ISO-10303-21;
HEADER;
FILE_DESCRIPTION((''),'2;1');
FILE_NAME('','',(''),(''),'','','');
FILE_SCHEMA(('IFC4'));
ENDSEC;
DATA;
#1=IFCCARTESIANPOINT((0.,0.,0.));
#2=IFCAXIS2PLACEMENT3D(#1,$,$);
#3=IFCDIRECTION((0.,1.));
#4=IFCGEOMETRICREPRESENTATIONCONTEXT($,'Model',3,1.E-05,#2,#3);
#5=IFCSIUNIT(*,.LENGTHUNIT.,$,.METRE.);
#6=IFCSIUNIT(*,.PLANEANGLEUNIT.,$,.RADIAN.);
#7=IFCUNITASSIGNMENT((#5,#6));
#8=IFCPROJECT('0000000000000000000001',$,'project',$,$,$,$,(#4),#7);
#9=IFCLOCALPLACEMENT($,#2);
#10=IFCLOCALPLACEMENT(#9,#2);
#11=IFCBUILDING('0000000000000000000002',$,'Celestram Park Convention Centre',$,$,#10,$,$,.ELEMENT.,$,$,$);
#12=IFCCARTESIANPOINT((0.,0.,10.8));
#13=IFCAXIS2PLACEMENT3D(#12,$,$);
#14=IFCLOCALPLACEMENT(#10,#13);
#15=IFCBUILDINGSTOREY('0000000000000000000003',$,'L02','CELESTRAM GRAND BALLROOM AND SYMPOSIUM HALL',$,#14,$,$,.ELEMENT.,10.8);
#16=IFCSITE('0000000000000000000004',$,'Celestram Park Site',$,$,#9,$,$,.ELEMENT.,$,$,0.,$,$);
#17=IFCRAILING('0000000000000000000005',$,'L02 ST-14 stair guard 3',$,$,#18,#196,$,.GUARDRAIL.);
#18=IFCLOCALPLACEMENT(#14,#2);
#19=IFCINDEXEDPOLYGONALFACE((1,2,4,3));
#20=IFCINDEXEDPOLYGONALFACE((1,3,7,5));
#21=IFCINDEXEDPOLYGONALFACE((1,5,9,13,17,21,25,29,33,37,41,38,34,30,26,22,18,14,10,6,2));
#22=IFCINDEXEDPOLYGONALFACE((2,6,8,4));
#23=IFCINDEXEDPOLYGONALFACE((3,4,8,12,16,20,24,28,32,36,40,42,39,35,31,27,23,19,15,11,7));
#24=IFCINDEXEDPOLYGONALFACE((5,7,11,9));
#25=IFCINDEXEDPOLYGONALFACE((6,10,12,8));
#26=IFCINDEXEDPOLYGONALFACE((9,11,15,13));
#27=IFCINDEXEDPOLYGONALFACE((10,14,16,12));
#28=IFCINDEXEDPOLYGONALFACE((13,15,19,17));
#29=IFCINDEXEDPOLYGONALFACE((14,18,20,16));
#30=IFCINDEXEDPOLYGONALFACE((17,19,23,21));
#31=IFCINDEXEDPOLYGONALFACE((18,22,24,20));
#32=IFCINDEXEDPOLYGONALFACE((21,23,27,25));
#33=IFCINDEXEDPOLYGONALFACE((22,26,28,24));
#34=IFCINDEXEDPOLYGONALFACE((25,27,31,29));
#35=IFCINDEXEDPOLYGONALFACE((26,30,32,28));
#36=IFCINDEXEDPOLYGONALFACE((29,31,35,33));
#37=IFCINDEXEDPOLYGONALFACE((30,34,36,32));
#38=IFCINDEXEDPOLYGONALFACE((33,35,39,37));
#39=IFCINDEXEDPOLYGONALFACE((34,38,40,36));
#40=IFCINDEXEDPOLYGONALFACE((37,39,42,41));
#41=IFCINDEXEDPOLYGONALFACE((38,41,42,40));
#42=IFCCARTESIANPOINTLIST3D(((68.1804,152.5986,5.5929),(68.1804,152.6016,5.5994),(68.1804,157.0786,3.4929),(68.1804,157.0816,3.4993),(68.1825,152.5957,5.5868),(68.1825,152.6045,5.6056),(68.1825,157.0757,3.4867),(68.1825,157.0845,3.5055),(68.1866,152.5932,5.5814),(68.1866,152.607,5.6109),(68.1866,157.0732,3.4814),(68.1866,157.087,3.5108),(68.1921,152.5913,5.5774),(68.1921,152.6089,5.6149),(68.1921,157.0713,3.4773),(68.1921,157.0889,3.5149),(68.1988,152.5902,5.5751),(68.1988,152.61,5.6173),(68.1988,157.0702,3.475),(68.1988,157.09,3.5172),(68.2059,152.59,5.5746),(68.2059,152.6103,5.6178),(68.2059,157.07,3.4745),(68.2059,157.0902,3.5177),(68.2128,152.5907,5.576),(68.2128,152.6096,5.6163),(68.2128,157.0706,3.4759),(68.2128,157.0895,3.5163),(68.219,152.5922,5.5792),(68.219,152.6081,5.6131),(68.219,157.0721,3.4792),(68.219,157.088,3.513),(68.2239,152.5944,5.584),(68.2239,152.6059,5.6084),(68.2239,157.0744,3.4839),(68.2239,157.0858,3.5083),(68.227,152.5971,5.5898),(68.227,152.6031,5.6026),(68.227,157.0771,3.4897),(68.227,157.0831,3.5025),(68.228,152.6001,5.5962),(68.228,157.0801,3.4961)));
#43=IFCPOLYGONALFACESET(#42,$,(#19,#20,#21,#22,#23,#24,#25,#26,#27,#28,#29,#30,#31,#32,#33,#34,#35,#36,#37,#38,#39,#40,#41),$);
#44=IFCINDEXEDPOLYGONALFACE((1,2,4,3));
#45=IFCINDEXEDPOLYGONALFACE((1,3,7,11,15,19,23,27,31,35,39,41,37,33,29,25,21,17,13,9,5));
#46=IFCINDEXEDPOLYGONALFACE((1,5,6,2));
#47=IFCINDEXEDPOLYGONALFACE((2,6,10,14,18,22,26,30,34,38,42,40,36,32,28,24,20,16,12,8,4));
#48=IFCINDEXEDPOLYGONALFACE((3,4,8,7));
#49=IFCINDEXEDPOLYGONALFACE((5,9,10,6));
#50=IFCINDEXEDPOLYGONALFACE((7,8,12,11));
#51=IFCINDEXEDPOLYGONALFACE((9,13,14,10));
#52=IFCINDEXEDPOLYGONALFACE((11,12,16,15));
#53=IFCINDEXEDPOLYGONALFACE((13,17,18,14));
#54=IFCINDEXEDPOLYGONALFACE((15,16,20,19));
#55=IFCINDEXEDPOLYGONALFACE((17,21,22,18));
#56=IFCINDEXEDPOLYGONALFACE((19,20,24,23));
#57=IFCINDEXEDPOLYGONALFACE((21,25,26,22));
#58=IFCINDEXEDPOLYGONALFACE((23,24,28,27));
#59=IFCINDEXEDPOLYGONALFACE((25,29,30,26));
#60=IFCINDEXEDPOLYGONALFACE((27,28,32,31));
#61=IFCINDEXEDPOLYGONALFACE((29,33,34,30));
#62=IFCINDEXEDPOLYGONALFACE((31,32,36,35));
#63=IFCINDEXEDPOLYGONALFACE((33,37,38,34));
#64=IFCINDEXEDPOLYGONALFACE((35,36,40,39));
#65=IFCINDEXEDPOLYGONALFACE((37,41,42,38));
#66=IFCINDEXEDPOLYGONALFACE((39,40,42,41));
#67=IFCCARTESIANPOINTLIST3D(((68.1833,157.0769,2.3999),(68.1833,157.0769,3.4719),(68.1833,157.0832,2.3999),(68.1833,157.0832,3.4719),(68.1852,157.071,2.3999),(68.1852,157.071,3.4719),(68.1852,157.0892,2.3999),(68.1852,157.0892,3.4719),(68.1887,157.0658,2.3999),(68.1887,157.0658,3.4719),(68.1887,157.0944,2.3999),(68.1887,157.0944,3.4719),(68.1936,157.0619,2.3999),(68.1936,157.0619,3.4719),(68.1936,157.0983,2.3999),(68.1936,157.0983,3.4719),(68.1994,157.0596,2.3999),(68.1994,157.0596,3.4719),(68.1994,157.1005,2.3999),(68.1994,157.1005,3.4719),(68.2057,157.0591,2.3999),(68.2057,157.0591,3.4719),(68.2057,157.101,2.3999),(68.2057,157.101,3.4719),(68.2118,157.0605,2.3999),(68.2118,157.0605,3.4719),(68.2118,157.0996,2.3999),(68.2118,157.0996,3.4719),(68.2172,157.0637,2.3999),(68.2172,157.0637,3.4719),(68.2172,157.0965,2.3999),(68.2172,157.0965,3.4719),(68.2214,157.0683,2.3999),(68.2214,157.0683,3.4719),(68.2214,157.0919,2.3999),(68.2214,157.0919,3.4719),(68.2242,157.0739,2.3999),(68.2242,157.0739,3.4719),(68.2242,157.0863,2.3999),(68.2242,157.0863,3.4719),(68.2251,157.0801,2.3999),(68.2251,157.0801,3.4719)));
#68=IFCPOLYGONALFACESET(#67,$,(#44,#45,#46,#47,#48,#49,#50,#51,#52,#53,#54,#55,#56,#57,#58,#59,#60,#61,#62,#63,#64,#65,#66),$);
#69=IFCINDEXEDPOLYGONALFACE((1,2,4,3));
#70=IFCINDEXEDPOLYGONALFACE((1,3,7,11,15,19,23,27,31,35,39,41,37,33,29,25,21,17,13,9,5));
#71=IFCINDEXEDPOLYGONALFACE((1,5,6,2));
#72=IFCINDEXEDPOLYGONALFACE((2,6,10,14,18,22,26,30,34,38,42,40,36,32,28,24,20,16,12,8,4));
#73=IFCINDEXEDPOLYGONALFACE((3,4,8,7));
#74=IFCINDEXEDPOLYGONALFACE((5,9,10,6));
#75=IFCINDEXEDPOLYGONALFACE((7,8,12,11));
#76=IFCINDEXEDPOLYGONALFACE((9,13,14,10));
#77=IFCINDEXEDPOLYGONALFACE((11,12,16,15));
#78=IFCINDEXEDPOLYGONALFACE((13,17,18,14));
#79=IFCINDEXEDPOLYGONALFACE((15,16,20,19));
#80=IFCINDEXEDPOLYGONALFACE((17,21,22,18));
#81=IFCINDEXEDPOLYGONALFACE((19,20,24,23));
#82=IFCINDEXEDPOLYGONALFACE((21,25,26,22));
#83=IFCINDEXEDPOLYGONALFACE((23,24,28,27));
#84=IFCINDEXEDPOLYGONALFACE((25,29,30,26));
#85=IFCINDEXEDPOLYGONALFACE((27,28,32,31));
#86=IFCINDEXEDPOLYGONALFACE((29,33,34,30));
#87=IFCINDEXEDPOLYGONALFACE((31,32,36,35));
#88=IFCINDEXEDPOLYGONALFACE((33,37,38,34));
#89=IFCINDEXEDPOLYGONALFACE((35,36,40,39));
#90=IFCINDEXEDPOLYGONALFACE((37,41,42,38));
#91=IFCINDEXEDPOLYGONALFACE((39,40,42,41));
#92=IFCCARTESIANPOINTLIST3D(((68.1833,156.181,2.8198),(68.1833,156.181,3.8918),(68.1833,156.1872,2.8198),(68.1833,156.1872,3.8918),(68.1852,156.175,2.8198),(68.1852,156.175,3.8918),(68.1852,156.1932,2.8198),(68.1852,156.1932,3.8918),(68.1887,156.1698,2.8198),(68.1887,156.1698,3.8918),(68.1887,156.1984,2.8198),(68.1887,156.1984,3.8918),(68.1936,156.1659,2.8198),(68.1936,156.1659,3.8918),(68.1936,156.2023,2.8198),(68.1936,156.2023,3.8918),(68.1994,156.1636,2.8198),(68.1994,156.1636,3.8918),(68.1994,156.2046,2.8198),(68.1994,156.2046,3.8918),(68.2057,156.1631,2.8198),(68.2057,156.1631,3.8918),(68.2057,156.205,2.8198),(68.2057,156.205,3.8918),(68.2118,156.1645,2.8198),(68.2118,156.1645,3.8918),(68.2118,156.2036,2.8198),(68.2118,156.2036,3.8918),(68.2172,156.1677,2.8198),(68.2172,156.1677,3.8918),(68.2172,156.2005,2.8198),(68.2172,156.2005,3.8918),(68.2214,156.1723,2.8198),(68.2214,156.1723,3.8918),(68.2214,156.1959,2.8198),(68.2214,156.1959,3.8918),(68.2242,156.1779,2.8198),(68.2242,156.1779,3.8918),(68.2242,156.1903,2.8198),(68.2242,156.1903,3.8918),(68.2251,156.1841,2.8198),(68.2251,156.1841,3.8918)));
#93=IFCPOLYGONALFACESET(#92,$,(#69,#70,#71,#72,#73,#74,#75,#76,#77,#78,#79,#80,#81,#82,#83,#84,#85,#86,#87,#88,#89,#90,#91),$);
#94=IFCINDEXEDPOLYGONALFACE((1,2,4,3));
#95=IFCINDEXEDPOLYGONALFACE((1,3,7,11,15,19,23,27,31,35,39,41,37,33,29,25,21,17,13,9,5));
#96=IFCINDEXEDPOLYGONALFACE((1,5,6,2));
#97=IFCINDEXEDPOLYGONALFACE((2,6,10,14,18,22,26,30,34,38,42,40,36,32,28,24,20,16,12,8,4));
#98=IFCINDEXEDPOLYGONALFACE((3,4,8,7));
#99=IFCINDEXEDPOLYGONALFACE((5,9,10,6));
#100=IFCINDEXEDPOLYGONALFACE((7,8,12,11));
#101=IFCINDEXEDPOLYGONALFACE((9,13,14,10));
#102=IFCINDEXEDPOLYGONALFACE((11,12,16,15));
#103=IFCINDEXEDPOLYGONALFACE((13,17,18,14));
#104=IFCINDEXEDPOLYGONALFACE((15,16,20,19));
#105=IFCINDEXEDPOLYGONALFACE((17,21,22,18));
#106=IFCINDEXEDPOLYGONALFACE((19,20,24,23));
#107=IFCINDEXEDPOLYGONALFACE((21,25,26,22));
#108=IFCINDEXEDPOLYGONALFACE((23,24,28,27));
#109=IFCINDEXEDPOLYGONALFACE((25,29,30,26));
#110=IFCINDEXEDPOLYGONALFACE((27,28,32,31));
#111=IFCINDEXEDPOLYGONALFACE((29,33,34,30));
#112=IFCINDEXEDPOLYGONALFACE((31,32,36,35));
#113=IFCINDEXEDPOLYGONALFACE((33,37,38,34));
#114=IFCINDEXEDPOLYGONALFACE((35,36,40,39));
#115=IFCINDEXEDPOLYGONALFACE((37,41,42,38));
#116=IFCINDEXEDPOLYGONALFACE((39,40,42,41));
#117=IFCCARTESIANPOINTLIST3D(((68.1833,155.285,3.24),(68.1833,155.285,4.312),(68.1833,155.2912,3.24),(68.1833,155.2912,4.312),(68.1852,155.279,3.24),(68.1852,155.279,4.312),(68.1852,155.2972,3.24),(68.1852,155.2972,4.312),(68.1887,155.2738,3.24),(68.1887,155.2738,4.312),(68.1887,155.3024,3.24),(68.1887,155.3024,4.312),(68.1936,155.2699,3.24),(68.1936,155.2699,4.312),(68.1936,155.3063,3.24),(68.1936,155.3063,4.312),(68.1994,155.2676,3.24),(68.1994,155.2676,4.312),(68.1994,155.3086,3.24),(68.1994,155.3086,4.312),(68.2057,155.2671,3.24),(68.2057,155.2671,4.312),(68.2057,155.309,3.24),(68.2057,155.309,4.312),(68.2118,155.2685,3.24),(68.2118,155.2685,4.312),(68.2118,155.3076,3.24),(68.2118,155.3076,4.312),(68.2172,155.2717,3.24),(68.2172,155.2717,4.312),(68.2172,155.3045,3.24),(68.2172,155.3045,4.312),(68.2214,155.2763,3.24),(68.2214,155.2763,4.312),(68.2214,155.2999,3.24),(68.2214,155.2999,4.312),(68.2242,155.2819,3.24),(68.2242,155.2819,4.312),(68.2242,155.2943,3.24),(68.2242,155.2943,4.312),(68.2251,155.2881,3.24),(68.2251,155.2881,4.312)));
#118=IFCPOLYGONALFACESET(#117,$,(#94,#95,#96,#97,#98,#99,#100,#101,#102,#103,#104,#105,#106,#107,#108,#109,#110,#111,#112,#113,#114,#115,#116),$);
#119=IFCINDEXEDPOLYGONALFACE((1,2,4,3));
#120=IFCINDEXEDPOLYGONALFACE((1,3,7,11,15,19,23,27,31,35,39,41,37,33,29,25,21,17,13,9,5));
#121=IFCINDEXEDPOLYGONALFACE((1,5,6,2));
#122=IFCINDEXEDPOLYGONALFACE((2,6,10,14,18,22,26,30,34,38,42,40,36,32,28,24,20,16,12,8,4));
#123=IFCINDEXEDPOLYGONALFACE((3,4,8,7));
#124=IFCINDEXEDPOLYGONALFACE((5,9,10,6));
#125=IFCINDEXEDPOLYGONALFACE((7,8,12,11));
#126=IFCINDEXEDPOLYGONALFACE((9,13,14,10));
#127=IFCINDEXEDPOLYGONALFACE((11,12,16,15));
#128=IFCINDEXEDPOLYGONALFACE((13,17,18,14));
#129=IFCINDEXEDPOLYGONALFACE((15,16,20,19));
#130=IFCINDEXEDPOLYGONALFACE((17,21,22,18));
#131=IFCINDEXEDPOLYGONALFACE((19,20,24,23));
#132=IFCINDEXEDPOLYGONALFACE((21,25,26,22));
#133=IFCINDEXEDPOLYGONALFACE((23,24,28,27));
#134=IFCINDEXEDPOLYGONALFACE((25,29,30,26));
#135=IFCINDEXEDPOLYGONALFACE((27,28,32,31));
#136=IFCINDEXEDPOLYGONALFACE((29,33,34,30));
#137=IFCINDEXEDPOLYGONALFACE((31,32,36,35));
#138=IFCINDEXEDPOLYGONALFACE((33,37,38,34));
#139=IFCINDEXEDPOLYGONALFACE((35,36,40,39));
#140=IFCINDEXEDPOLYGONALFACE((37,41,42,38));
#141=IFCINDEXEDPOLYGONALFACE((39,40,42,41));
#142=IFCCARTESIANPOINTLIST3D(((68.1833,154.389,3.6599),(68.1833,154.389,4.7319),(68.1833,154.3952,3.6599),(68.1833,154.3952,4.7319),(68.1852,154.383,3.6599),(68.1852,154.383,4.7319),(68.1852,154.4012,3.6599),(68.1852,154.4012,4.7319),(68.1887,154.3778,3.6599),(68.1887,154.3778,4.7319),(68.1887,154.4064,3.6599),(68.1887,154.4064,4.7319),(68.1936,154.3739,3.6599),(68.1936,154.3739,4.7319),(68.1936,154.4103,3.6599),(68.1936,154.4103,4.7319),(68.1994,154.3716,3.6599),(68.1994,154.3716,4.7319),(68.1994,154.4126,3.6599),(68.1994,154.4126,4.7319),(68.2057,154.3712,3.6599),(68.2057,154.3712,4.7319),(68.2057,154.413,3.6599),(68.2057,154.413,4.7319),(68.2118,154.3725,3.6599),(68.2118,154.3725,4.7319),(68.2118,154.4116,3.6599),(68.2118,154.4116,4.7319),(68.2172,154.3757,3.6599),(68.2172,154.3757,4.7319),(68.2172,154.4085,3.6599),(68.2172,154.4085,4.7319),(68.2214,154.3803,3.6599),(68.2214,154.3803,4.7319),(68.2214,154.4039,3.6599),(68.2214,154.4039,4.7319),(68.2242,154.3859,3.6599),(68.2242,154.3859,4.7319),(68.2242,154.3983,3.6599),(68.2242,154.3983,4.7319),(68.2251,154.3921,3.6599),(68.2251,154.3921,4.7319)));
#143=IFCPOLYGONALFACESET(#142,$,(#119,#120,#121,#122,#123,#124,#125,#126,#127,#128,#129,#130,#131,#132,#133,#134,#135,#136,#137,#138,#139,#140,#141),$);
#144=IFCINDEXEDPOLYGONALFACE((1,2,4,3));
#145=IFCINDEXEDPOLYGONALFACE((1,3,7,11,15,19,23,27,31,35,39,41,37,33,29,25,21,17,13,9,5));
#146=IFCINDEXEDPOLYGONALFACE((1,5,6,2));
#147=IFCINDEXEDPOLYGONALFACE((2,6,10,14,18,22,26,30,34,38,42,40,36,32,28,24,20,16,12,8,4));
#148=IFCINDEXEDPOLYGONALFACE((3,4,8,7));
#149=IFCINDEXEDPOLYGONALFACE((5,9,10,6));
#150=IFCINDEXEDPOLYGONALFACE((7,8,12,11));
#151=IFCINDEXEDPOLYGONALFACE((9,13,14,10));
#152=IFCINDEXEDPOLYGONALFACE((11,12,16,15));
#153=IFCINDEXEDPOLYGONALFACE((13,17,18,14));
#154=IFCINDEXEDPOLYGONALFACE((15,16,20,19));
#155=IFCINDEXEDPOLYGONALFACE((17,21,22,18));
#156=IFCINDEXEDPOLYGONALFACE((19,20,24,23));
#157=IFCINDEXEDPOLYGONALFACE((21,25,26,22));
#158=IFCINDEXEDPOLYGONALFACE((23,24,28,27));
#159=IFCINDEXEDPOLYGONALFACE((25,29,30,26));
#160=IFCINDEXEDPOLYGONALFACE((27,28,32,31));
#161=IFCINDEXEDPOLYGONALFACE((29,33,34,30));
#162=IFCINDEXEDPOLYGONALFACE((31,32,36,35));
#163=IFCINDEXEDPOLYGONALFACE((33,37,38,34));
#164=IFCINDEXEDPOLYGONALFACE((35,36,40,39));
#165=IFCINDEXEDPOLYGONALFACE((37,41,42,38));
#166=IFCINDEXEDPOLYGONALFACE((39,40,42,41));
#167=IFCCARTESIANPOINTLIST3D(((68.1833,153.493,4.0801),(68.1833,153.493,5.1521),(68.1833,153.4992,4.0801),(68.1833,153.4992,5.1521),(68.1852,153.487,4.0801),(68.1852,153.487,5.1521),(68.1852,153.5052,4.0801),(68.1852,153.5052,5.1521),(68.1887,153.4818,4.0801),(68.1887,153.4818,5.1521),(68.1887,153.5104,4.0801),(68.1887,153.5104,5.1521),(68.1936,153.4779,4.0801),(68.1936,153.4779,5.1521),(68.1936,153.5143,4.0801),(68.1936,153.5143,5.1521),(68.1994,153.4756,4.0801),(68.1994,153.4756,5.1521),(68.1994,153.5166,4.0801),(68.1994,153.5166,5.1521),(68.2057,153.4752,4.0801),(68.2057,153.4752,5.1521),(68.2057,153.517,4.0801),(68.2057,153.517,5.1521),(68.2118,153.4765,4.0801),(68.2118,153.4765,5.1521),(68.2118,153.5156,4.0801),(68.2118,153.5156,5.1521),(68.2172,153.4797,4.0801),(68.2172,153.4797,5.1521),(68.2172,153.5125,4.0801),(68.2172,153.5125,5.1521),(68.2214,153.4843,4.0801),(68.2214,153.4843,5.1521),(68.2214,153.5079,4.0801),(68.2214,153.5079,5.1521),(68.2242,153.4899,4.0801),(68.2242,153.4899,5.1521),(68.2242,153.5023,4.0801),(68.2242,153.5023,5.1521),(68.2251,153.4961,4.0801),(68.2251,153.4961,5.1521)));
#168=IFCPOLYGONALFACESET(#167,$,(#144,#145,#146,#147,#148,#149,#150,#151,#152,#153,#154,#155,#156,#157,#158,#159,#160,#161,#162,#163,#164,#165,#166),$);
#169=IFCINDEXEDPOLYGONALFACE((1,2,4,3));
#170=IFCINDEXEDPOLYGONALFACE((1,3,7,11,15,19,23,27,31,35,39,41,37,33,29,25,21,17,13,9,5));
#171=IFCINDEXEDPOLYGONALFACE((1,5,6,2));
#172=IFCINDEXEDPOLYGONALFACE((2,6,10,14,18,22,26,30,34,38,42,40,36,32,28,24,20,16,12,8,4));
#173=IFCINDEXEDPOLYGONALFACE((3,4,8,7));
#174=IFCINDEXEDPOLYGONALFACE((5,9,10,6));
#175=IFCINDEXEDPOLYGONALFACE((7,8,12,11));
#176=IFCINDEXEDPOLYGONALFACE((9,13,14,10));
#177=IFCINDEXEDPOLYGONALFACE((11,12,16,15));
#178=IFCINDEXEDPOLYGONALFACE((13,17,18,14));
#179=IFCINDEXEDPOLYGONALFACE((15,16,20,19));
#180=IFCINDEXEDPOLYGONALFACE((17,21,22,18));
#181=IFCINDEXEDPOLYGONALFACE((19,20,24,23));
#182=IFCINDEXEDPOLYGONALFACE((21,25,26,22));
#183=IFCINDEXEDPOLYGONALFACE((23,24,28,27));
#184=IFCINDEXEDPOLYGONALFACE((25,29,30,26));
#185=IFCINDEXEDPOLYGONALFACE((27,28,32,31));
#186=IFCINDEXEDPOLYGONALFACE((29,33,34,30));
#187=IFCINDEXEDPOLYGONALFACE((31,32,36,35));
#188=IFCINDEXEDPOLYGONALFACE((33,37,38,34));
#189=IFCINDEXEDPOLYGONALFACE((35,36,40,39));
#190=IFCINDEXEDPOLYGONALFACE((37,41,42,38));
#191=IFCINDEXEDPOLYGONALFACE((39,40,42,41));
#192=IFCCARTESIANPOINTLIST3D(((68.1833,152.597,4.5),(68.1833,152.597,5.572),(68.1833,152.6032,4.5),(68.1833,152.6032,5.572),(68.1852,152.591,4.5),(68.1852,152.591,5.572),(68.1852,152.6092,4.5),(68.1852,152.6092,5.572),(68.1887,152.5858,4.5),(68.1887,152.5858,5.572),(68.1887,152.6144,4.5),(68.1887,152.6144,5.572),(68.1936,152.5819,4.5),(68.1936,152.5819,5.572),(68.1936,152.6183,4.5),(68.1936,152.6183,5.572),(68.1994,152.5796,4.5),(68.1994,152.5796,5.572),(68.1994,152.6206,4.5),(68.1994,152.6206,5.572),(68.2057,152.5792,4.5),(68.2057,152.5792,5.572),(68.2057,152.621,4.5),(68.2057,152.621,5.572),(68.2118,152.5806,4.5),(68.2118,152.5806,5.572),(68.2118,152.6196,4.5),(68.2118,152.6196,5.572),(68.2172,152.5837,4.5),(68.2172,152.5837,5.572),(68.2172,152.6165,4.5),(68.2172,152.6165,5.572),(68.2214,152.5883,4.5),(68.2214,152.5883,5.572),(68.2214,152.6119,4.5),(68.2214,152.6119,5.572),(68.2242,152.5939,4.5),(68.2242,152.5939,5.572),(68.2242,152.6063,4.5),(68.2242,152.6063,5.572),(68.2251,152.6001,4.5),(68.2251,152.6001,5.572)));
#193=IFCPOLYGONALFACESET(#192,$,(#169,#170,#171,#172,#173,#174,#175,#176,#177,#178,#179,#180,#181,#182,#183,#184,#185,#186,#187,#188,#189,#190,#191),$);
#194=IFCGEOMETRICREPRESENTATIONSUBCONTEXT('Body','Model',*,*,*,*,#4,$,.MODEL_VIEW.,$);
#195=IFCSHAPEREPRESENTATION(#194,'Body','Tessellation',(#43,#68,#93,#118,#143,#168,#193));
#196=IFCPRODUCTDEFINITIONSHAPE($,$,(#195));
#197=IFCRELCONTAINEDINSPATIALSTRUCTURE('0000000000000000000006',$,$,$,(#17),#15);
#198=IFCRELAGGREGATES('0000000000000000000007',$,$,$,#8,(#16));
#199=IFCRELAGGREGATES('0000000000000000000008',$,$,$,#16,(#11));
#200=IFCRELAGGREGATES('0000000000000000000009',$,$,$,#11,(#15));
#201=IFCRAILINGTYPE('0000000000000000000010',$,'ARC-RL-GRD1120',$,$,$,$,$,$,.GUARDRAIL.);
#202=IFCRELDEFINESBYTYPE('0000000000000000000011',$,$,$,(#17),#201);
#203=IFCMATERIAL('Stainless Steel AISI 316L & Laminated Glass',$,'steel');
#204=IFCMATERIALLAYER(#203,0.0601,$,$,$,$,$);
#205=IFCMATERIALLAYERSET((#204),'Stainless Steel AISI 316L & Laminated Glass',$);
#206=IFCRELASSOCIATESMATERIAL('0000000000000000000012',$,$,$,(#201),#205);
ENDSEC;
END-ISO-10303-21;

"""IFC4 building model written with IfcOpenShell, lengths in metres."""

from ifc_helpers import new_model, si_unit, direction, frame, origin, origin_2d, place, context, subcontext, project, spatial, circle, extrude, material, layer, layer_set, type_object, element, save


model = new_model("IFC4")

# Units and contexts
model_context = context("Model", 3, precision=1e-05, world=origin(), true_north=direction((0.0, 1.0)))
body_context = subcontext(model_context, "Body", "Model", "MODEL_VIEW")
ifc_project = project(units=[si_unit("LENGTHUNIT", "METRE"), si_unit("PLANEANGLEUNIT", "RADIAN")], contexts=[model_context])

# Site, building, storey
site_placement = place(None, origin())
site = spatial("IfcSite", under=ifc_project, at=site_placement, Name="Celestram Park Site", CompositionType="ELEMENT", RefElevation=0.0)
building_placement = place(site_placement, origin())
building = spatial("IfcBuilding", under=site, at=building_placement, Name="Celestram Park Convention Centre", CompositionType="ELEMENT")
storey_placement = place(building_placement, frame((0.0, 0.0, 10.8)))
storey = spatial("IfcBuildingStorey", under=building, at=storey_placement, Name="L02", Description="CELESTRAM GRAND BALLROOM AND SYMPOSIUM HALL", CompositionType="ELEMENT", Elevation=10.8)

# Railing
ifc_material_1 = material(Name="Stainless Steel AISI 316L & Laminated Glass", Category="steel")
ifc_layer_1 = layer(ifc_material_1, 0.0601)
ifc_layer_set_1 = layer_set([ifc_layer_1], Name="Stainless Steel AISI 316L & Laminated Glass")
railing_type_1 = type_object("IfcRailingType", Name="ARC-RL-GRD1120", PredefinedType="GUARDRAIL", material=ifc_layer_set_1)
railing_1_placement = place(storey_placement, frame((68.2041, 157.0801, 2.3999)))
element("IfcRailing", 1, at=railing_1_placement, inside=storey, type_object=railing_type_1, Name="L02 ST-14 stair guard 3", PredefinedType="GUARDRAIL", context=body_context, shape_type="SweptSolid", body=[
    extrude(circle(Radius=0.0239, at=origin_2d()), frame((0.0, 0.0, 1.0962), z_axis=(0.0, -0.905451, 0.424452), x_axis=(1.0, 0.0, 0.0)), (0.0, 0.0, 1.0), 4.9478),
    extrude(circle(Radius=0.021, at=origin_2d()), origin(), (0.0, 0.0, 1.0), 1.072),
    extrude(circle(Radius=0.021, at=origin_2d()), frame((0.0, -0.896, 0.4199)), (0.0, 0.0, 1.0), 1.072),
    extrude(circle(Radius=0.021, at=origin_2d()), frame((0.0, -1.792, 0.8401)), (0.0, 0.0, 1.0), 1.072),
    extrude(circle(Radius=0.021, at=origin_2d()), frame((0.0, -2.688, 1.26)), (0.0, 0.0, 1.0), 1.072),
    extrude(circle(Radius=0.021, at=origin_2d()), frame((0.0, -3.584, 1.6802)), (0.0, 0.0, 1.0), 1.072),
    extrude(circle(Radius=0.021, at=origin_2d()), frame((0.0, -4.48, 2.1001)), (0.0, 0.0, 1.0), 1.072),
])

save(model, "model.ifc")
